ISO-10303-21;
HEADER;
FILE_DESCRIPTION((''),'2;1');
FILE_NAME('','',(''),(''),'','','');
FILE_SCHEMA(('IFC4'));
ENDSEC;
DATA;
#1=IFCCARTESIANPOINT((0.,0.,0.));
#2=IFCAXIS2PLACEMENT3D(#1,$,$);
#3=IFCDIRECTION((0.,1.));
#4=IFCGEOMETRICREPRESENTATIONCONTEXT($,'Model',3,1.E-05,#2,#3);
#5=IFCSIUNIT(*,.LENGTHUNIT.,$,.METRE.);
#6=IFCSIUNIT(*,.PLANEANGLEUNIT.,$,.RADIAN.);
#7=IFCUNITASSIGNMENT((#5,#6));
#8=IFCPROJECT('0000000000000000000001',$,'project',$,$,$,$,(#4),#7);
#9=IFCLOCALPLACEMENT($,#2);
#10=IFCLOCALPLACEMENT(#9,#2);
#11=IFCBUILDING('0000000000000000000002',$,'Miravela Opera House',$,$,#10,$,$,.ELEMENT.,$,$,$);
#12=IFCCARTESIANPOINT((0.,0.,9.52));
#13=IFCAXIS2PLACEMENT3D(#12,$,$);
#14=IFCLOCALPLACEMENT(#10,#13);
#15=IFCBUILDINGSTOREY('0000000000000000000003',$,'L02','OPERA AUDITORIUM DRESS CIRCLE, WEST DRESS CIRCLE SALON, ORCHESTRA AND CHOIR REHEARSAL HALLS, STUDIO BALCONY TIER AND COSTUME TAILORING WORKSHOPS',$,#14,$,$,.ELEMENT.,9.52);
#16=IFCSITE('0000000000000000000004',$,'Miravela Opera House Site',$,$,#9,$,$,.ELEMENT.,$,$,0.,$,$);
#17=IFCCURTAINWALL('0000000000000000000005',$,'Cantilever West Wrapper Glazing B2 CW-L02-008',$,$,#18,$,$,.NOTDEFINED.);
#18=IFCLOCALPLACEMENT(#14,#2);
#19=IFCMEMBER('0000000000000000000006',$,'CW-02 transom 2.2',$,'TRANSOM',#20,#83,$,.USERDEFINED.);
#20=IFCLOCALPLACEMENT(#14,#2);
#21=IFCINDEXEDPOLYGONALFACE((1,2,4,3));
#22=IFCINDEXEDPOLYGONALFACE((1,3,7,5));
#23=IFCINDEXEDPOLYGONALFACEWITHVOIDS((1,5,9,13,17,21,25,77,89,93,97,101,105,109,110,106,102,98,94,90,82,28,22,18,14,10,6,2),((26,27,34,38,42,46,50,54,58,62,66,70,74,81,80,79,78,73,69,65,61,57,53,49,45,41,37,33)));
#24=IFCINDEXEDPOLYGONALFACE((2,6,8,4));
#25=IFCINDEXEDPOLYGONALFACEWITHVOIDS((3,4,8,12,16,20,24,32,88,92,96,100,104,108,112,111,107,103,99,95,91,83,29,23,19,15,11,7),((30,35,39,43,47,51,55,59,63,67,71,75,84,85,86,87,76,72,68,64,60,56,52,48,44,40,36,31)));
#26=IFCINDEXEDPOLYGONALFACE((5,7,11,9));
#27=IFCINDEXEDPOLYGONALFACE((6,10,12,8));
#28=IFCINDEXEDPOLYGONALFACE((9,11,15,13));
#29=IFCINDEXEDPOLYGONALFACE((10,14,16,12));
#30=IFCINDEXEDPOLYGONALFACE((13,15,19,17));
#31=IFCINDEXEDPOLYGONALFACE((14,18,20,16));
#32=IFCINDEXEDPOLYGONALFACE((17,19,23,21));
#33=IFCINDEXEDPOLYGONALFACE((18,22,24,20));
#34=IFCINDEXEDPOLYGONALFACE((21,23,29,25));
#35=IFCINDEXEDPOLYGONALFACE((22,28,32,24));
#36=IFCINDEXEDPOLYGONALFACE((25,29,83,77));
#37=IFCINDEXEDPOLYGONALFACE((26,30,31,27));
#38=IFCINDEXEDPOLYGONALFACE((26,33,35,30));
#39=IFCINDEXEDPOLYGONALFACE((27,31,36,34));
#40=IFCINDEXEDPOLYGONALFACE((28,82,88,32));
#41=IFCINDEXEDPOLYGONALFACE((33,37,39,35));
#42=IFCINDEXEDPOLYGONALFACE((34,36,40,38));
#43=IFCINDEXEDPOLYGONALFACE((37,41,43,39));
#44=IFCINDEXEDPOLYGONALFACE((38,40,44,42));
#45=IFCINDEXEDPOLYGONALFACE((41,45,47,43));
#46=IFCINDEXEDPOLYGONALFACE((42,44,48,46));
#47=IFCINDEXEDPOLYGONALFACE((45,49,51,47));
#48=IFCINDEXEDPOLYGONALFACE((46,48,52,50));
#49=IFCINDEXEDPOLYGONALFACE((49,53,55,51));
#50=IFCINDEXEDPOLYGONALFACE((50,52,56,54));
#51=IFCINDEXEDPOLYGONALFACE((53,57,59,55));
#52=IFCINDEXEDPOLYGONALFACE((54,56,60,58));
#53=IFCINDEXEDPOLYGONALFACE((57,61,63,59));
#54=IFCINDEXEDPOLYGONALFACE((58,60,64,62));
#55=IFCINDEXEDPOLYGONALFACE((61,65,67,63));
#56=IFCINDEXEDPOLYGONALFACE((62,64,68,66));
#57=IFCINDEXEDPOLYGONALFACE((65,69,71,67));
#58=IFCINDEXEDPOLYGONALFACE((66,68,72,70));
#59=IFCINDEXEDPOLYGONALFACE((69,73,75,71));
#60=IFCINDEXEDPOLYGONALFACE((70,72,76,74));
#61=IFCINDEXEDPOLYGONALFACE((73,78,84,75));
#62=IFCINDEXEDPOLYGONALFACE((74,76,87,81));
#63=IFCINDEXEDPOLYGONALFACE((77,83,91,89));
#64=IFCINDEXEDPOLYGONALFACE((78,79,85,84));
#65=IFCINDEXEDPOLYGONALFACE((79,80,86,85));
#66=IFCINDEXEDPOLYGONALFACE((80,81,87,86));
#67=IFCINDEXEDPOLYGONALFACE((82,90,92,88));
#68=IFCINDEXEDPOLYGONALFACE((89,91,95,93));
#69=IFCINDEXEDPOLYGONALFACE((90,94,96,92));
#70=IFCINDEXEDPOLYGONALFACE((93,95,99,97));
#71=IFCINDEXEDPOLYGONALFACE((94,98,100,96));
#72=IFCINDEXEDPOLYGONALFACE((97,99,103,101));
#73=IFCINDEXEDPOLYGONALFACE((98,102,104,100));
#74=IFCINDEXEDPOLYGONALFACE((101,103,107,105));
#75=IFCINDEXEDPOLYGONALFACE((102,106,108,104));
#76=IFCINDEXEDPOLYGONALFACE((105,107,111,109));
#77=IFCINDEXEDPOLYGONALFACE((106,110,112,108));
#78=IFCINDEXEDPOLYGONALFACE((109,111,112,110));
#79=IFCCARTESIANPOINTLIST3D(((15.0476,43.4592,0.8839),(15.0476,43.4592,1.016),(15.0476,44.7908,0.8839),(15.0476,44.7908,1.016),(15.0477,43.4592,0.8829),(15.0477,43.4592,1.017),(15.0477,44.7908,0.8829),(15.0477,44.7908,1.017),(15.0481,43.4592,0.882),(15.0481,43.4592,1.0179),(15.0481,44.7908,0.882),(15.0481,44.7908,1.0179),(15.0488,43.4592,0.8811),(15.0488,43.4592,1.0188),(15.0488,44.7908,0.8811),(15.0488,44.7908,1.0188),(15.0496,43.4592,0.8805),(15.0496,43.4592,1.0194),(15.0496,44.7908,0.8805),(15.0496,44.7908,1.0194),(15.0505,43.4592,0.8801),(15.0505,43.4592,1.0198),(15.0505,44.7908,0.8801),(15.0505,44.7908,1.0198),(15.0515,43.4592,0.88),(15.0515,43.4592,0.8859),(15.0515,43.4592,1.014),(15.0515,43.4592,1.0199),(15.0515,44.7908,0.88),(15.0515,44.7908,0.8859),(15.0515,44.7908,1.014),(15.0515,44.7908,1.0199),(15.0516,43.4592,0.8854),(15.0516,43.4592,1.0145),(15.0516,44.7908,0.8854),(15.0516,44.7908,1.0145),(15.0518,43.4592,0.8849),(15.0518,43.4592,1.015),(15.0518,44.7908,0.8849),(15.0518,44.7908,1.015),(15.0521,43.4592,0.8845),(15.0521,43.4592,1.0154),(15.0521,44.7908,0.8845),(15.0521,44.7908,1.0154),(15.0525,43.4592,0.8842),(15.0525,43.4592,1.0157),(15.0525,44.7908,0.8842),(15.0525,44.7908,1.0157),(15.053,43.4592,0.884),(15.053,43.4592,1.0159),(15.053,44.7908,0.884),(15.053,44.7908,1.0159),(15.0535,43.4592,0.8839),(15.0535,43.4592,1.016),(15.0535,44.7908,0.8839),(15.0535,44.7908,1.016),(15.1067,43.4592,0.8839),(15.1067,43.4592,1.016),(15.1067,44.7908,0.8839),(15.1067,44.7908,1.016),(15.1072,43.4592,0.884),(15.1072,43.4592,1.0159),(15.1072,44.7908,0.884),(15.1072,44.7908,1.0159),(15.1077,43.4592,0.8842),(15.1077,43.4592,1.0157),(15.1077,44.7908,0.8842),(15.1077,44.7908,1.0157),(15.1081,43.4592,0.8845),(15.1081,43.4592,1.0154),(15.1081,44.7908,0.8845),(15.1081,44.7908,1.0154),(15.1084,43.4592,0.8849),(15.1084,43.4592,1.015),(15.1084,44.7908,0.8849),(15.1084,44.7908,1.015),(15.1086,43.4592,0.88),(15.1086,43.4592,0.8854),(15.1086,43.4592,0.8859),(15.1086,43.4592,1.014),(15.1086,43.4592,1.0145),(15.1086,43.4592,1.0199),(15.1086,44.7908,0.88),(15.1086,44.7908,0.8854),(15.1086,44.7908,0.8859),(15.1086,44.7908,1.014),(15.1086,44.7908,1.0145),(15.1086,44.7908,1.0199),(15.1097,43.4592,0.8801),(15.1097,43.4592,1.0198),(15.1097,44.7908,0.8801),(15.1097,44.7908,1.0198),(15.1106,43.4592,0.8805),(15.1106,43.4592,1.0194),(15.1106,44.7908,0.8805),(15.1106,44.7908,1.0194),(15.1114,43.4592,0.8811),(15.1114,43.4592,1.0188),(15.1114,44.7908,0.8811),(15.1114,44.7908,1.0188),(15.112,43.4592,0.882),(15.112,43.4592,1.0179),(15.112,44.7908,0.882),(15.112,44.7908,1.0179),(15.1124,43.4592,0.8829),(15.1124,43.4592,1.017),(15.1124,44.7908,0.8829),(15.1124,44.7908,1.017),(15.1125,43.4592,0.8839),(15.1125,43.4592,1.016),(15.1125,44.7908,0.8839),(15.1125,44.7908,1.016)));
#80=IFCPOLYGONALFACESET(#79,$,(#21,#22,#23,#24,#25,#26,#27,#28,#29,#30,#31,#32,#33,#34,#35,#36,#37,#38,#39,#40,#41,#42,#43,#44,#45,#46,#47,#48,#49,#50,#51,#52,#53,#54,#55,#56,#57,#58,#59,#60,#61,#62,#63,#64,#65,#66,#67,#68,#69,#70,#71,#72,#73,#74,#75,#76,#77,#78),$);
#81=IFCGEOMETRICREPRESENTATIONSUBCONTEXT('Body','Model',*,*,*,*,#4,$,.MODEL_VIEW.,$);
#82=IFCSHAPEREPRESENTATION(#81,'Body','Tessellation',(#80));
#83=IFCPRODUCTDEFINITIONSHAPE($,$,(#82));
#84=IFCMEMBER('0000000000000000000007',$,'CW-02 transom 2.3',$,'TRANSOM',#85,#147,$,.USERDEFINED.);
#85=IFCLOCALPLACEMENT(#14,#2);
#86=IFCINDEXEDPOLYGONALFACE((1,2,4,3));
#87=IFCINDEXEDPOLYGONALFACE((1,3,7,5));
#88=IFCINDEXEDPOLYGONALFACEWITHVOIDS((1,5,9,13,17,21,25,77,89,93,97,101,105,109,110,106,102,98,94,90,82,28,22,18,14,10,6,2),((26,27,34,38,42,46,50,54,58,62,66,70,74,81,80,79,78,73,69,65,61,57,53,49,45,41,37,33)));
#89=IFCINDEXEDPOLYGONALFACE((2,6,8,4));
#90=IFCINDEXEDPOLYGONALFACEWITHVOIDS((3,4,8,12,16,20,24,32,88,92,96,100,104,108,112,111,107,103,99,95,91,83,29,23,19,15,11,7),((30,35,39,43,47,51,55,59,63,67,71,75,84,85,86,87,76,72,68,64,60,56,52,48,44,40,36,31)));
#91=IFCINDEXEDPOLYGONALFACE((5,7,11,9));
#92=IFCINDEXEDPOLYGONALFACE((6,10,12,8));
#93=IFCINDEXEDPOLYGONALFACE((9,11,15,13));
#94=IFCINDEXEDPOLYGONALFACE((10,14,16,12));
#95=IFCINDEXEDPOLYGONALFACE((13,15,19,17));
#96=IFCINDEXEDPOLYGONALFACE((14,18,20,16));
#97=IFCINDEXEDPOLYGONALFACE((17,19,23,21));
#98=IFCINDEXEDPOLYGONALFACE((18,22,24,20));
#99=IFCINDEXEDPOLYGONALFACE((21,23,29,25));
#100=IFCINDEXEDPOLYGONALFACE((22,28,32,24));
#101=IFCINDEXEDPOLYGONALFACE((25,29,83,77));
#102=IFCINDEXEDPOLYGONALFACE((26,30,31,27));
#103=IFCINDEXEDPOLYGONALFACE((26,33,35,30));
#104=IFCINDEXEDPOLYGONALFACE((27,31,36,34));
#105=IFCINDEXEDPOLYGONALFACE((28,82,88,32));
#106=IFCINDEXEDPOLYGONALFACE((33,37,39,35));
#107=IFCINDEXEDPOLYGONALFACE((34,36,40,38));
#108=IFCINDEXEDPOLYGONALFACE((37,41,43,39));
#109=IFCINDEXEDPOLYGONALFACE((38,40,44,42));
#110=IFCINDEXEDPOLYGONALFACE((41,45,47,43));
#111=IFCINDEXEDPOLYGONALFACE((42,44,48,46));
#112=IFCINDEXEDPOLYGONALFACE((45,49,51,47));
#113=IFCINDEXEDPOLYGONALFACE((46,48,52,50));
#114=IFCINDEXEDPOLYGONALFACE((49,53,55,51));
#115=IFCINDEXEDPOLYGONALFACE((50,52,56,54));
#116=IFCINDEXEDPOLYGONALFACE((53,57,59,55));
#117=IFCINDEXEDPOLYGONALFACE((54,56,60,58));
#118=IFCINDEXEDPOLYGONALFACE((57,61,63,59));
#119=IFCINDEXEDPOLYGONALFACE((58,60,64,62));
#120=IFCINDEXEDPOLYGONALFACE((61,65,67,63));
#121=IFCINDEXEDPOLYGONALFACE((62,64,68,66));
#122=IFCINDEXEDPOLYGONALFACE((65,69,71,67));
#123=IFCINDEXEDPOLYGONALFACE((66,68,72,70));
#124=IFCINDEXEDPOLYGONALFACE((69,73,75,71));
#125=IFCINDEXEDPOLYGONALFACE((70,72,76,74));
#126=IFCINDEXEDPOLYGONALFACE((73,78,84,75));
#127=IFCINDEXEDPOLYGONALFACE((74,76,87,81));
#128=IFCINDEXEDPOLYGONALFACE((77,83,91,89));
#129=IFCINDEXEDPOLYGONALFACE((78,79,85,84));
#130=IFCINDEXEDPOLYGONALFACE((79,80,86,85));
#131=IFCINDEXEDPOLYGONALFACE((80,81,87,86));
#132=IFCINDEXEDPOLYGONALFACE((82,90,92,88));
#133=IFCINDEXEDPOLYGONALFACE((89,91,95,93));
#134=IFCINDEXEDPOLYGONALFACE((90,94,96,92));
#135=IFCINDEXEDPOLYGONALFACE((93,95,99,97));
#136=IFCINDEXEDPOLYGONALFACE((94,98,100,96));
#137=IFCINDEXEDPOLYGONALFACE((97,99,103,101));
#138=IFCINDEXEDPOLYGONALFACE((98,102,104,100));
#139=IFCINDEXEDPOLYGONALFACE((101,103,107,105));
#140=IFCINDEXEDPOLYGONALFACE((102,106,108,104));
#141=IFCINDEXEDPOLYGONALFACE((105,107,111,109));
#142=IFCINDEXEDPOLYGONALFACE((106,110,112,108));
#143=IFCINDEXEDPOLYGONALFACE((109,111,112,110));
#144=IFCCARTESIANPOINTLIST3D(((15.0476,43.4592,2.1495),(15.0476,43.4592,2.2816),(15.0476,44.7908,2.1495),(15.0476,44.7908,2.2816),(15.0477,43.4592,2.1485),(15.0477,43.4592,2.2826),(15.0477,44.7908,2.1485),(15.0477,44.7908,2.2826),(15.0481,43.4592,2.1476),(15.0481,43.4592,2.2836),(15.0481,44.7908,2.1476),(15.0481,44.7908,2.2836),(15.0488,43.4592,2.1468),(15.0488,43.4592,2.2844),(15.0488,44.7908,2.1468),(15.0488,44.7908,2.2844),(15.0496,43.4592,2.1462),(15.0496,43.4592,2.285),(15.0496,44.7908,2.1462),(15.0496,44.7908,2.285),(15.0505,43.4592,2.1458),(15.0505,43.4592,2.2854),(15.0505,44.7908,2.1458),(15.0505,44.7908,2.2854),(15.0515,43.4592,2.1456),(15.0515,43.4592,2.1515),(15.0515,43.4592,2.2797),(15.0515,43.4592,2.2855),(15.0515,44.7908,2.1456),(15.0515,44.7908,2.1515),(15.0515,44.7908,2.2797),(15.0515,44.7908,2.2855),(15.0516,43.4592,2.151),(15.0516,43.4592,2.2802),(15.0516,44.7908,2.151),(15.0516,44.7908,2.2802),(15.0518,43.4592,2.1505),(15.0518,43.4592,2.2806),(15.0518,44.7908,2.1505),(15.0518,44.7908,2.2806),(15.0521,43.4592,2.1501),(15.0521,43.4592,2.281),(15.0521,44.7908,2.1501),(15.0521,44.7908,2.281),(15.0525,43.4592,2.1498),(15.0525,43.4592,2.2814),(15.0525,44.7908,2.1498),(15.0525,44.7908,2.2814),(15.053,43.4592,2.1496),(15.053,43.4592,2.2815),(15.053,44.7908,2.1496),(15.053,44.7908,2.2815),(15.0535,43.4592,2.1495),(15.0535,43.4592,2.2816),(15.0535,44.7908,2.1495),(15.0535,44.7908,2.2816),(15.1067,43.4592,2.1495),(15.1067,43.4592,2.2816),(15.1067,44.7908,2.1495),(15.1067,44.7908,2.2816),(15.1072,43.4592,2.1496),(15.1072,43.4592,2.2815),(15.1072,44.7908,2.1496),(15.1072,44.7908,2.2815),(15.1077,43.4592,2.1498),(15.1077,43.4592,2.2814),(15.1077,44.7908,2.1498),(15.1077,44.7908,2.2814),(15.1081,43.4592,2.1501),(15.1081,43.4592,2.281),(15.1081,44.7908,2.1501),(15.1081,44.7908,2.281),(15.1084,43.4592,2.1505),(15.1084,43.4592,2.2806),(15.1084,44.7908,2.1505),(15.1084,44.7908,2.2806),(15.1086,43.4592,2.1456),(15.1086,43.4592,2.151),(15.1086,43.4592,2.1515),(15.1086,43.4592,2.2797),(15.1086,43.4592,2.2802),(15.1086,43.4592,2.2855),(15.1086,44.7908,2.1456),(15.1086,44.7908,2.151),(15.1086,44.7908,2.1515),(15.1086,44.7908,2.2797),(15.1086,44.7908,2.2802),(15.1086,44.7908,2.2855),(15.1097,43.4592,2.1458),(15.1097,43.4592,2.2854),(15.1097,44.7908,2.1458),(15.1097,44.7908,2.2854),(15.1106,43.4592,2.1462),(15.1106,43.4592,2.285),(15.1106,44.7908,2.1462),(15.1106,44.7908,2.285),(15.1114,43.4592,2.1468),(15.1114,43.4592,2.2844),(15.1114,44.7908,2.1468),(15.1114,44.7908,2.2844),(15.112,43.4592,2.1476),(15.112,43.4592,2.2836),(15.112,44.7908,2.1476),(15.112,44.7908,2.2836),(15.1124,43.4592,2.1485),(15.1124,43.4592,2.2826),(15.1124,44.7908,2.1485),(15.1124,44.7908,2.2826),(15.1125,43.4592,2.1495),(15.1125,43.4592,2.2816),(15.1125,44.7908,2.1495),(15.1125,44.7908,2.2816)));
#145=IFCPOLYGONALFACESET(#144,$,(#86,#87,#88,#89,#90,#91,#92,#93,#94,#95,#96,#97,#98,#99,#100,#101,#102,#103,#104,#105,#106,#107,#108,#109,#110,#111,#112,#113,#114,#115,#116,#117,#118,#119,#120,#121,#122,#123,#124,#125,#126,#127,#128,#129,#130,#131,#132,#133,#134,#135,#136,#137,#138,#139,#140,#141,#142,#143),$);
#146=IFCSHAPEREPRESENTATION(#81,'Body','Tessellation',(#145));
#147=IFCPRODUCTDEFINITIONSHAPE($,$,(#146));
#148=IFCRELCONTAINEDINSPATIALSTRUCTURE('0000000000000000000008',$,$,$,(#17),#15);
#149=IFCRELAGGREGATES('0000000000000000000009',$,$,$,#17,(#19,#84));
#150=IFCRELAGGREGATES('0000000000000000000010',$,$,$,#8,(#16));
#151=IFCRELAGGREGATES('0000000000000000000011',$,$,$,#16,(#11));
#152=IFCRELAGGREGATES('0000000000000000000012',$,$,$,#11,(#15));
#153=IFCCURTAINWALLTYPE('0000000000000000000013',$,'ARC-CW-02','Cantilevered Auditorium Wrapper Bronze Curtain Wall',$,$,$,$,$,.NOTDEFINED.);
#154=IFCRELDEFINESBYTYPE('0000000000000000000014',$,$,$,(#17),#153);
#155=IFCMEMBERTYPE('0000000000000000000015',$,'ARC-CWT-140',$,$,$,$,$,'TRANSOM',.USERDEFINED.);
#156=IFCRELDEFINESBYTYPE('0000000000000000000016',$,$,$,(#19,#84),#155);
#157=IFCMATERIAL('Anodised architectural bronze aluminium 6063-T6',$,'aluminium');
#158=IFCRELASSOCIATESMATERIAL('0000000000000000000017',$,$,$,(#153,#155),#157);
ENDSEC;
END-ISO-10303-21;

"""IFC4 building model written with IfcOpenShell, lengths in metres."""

from ifc_helpers import new_model, si_unit, direction, frame, origin, origin_2d, place, context, subcontext, project, spatial, hollow_rectangle, extrude, material, material_profile, profile_set, type_object, element, aggregate, save


model = new_model("IFC4")

# Units and contexts
model_context = context("Model", 3, precision=1e-05, world=origin(), true_north=direction((0.0, 1.0)))
body_context = subcontext(model_context, "Body", "Model", "MODEL_VIEW")
ifc_project = project(units=[si_unit("LENGTHUNIT", "METRE"), si_unit("PLANEANGLEUNIT", "RADIAN")], contexts=[model_context])

# Site, building, storey
site_placement = place(None, origin())
site = spatial("IfcSite", under=ifc_project, at=site_placement, Name="Miravela Opera House Site", CompositionType="ELEMENT", RefElevation=0.0)
building_placement = place(site_placement, origin())
building = spatial("IfcBuilding", under=site, at=building_placement, Name="Miravela Opera House", CompositionType="ELEMENT")
storey_placement = place(building_placement, frame((0.0, 0.0, 9.52)))
storey = spatial("IfcBuildingStorey", under=building, at=storey_placement, Name="L02", Description="OPERA AUDITORIUM DRESS CIRCLE, WEST DRESS CIRCLE SALON, ORCHESTRA AND CHOIR REHEARSAL HALLS, STUDIO BALCONY TIER AND COSTUME TAILORING WORKSHOPS", CompositionType="ELEMENT", Elevation=9.52)

# Curtain wall, members
ifc_material_1 = material(Name="Anodised architectural bronze aluminium 6063-T6", Category="aluminium")
curtain_wall_type = type_object("IfcCurtainWallType", Name="ARC-CW-02", Description="Cantilevered Auditorium Wrapper Bronze Curtain Wall", PredefinedType="NOTDEFINED", material=ifc_material_1)
curtain_wall_placement = place(storey_placement, origin())
curtain_wall = element("IfcCurtainWall", 1, at=curtain_wall_placement, inside=storey, type_object=curtain_wall_type, Name="Cantilever West Wrapper Glazing B2 CW-L02-008", PredefinedType="NOTDEFINED")
ifc_material_profile_1 = material_profile(ifc_material_1, hollow_rectangle(XDim=0.0649, YDim=0.1399, WallThickness=0.0039, InnerFilletRadius=0.002, OuterFilletRadius=0.0039, at=origin_2d()), Name="CWT-65X140")
ifc_profile_set_1 = profile_set([ifc_material_profile_1])
member_type_1 = type_object("IfcMemberType", Name="ARC-CWT-140", ElementType="TRANSOM", PredefinedType="USERDEFINED", material=ifc_profile_set_1)
member_1_placement = place(storey_placement, frame((15.0801, 43.4592, 0.95), z_axis=(0.0, 1.0, 0.0), x_axis=(-1.0, 0.0, 0.0)))
member_1 = element("IfcMember", 2, at=member_1_placement, type_object=member_type_1, Name="CW-02 transom 2.2", ObjectType="TRANSOM", PredefinedType="USERDEFINED", context=body_context, shape_type="SweptSolid", body=[
    extrude(hollow_rectangle(XDim=0.0649, YDim=0.1399, WallThickness=0.0039, InnerFilletRadius=0.002, OuterFilletRadius=0.0039, at=origin_2d()), origin(), (0.0, 0.0, 1.0), 1.3315),
])
member_2_placement = place(storey_placement, frame((15.0801, 43.4592, 2.2156), z_axis=(0.0, 1.0, 0.0), x_axis=(-1.0, 0.0, 0.0)))
member_2 = element("IfcMember", 3, at=member_2_placement, type_object=member_type_1, Name="CW-02 transom 2.3", ObjectType="TRANSOM", PredefinedType="USERDEFINED", context=body_context, shape_type="SweptSolid", body=[
    extrude(hollow_rectangle(XDim=0.0649, YDim=0.1399, WallThickness=0.0039, InnerFilletRadius=0.002, OuterFilletRadius=0.0039, at=origin_2d()), origin(), (0.0, 0.0, 1.0), 1.3315),
])

aggregate(curtain_wall, [member_1, member_2])

save(model, "model.ifc")
